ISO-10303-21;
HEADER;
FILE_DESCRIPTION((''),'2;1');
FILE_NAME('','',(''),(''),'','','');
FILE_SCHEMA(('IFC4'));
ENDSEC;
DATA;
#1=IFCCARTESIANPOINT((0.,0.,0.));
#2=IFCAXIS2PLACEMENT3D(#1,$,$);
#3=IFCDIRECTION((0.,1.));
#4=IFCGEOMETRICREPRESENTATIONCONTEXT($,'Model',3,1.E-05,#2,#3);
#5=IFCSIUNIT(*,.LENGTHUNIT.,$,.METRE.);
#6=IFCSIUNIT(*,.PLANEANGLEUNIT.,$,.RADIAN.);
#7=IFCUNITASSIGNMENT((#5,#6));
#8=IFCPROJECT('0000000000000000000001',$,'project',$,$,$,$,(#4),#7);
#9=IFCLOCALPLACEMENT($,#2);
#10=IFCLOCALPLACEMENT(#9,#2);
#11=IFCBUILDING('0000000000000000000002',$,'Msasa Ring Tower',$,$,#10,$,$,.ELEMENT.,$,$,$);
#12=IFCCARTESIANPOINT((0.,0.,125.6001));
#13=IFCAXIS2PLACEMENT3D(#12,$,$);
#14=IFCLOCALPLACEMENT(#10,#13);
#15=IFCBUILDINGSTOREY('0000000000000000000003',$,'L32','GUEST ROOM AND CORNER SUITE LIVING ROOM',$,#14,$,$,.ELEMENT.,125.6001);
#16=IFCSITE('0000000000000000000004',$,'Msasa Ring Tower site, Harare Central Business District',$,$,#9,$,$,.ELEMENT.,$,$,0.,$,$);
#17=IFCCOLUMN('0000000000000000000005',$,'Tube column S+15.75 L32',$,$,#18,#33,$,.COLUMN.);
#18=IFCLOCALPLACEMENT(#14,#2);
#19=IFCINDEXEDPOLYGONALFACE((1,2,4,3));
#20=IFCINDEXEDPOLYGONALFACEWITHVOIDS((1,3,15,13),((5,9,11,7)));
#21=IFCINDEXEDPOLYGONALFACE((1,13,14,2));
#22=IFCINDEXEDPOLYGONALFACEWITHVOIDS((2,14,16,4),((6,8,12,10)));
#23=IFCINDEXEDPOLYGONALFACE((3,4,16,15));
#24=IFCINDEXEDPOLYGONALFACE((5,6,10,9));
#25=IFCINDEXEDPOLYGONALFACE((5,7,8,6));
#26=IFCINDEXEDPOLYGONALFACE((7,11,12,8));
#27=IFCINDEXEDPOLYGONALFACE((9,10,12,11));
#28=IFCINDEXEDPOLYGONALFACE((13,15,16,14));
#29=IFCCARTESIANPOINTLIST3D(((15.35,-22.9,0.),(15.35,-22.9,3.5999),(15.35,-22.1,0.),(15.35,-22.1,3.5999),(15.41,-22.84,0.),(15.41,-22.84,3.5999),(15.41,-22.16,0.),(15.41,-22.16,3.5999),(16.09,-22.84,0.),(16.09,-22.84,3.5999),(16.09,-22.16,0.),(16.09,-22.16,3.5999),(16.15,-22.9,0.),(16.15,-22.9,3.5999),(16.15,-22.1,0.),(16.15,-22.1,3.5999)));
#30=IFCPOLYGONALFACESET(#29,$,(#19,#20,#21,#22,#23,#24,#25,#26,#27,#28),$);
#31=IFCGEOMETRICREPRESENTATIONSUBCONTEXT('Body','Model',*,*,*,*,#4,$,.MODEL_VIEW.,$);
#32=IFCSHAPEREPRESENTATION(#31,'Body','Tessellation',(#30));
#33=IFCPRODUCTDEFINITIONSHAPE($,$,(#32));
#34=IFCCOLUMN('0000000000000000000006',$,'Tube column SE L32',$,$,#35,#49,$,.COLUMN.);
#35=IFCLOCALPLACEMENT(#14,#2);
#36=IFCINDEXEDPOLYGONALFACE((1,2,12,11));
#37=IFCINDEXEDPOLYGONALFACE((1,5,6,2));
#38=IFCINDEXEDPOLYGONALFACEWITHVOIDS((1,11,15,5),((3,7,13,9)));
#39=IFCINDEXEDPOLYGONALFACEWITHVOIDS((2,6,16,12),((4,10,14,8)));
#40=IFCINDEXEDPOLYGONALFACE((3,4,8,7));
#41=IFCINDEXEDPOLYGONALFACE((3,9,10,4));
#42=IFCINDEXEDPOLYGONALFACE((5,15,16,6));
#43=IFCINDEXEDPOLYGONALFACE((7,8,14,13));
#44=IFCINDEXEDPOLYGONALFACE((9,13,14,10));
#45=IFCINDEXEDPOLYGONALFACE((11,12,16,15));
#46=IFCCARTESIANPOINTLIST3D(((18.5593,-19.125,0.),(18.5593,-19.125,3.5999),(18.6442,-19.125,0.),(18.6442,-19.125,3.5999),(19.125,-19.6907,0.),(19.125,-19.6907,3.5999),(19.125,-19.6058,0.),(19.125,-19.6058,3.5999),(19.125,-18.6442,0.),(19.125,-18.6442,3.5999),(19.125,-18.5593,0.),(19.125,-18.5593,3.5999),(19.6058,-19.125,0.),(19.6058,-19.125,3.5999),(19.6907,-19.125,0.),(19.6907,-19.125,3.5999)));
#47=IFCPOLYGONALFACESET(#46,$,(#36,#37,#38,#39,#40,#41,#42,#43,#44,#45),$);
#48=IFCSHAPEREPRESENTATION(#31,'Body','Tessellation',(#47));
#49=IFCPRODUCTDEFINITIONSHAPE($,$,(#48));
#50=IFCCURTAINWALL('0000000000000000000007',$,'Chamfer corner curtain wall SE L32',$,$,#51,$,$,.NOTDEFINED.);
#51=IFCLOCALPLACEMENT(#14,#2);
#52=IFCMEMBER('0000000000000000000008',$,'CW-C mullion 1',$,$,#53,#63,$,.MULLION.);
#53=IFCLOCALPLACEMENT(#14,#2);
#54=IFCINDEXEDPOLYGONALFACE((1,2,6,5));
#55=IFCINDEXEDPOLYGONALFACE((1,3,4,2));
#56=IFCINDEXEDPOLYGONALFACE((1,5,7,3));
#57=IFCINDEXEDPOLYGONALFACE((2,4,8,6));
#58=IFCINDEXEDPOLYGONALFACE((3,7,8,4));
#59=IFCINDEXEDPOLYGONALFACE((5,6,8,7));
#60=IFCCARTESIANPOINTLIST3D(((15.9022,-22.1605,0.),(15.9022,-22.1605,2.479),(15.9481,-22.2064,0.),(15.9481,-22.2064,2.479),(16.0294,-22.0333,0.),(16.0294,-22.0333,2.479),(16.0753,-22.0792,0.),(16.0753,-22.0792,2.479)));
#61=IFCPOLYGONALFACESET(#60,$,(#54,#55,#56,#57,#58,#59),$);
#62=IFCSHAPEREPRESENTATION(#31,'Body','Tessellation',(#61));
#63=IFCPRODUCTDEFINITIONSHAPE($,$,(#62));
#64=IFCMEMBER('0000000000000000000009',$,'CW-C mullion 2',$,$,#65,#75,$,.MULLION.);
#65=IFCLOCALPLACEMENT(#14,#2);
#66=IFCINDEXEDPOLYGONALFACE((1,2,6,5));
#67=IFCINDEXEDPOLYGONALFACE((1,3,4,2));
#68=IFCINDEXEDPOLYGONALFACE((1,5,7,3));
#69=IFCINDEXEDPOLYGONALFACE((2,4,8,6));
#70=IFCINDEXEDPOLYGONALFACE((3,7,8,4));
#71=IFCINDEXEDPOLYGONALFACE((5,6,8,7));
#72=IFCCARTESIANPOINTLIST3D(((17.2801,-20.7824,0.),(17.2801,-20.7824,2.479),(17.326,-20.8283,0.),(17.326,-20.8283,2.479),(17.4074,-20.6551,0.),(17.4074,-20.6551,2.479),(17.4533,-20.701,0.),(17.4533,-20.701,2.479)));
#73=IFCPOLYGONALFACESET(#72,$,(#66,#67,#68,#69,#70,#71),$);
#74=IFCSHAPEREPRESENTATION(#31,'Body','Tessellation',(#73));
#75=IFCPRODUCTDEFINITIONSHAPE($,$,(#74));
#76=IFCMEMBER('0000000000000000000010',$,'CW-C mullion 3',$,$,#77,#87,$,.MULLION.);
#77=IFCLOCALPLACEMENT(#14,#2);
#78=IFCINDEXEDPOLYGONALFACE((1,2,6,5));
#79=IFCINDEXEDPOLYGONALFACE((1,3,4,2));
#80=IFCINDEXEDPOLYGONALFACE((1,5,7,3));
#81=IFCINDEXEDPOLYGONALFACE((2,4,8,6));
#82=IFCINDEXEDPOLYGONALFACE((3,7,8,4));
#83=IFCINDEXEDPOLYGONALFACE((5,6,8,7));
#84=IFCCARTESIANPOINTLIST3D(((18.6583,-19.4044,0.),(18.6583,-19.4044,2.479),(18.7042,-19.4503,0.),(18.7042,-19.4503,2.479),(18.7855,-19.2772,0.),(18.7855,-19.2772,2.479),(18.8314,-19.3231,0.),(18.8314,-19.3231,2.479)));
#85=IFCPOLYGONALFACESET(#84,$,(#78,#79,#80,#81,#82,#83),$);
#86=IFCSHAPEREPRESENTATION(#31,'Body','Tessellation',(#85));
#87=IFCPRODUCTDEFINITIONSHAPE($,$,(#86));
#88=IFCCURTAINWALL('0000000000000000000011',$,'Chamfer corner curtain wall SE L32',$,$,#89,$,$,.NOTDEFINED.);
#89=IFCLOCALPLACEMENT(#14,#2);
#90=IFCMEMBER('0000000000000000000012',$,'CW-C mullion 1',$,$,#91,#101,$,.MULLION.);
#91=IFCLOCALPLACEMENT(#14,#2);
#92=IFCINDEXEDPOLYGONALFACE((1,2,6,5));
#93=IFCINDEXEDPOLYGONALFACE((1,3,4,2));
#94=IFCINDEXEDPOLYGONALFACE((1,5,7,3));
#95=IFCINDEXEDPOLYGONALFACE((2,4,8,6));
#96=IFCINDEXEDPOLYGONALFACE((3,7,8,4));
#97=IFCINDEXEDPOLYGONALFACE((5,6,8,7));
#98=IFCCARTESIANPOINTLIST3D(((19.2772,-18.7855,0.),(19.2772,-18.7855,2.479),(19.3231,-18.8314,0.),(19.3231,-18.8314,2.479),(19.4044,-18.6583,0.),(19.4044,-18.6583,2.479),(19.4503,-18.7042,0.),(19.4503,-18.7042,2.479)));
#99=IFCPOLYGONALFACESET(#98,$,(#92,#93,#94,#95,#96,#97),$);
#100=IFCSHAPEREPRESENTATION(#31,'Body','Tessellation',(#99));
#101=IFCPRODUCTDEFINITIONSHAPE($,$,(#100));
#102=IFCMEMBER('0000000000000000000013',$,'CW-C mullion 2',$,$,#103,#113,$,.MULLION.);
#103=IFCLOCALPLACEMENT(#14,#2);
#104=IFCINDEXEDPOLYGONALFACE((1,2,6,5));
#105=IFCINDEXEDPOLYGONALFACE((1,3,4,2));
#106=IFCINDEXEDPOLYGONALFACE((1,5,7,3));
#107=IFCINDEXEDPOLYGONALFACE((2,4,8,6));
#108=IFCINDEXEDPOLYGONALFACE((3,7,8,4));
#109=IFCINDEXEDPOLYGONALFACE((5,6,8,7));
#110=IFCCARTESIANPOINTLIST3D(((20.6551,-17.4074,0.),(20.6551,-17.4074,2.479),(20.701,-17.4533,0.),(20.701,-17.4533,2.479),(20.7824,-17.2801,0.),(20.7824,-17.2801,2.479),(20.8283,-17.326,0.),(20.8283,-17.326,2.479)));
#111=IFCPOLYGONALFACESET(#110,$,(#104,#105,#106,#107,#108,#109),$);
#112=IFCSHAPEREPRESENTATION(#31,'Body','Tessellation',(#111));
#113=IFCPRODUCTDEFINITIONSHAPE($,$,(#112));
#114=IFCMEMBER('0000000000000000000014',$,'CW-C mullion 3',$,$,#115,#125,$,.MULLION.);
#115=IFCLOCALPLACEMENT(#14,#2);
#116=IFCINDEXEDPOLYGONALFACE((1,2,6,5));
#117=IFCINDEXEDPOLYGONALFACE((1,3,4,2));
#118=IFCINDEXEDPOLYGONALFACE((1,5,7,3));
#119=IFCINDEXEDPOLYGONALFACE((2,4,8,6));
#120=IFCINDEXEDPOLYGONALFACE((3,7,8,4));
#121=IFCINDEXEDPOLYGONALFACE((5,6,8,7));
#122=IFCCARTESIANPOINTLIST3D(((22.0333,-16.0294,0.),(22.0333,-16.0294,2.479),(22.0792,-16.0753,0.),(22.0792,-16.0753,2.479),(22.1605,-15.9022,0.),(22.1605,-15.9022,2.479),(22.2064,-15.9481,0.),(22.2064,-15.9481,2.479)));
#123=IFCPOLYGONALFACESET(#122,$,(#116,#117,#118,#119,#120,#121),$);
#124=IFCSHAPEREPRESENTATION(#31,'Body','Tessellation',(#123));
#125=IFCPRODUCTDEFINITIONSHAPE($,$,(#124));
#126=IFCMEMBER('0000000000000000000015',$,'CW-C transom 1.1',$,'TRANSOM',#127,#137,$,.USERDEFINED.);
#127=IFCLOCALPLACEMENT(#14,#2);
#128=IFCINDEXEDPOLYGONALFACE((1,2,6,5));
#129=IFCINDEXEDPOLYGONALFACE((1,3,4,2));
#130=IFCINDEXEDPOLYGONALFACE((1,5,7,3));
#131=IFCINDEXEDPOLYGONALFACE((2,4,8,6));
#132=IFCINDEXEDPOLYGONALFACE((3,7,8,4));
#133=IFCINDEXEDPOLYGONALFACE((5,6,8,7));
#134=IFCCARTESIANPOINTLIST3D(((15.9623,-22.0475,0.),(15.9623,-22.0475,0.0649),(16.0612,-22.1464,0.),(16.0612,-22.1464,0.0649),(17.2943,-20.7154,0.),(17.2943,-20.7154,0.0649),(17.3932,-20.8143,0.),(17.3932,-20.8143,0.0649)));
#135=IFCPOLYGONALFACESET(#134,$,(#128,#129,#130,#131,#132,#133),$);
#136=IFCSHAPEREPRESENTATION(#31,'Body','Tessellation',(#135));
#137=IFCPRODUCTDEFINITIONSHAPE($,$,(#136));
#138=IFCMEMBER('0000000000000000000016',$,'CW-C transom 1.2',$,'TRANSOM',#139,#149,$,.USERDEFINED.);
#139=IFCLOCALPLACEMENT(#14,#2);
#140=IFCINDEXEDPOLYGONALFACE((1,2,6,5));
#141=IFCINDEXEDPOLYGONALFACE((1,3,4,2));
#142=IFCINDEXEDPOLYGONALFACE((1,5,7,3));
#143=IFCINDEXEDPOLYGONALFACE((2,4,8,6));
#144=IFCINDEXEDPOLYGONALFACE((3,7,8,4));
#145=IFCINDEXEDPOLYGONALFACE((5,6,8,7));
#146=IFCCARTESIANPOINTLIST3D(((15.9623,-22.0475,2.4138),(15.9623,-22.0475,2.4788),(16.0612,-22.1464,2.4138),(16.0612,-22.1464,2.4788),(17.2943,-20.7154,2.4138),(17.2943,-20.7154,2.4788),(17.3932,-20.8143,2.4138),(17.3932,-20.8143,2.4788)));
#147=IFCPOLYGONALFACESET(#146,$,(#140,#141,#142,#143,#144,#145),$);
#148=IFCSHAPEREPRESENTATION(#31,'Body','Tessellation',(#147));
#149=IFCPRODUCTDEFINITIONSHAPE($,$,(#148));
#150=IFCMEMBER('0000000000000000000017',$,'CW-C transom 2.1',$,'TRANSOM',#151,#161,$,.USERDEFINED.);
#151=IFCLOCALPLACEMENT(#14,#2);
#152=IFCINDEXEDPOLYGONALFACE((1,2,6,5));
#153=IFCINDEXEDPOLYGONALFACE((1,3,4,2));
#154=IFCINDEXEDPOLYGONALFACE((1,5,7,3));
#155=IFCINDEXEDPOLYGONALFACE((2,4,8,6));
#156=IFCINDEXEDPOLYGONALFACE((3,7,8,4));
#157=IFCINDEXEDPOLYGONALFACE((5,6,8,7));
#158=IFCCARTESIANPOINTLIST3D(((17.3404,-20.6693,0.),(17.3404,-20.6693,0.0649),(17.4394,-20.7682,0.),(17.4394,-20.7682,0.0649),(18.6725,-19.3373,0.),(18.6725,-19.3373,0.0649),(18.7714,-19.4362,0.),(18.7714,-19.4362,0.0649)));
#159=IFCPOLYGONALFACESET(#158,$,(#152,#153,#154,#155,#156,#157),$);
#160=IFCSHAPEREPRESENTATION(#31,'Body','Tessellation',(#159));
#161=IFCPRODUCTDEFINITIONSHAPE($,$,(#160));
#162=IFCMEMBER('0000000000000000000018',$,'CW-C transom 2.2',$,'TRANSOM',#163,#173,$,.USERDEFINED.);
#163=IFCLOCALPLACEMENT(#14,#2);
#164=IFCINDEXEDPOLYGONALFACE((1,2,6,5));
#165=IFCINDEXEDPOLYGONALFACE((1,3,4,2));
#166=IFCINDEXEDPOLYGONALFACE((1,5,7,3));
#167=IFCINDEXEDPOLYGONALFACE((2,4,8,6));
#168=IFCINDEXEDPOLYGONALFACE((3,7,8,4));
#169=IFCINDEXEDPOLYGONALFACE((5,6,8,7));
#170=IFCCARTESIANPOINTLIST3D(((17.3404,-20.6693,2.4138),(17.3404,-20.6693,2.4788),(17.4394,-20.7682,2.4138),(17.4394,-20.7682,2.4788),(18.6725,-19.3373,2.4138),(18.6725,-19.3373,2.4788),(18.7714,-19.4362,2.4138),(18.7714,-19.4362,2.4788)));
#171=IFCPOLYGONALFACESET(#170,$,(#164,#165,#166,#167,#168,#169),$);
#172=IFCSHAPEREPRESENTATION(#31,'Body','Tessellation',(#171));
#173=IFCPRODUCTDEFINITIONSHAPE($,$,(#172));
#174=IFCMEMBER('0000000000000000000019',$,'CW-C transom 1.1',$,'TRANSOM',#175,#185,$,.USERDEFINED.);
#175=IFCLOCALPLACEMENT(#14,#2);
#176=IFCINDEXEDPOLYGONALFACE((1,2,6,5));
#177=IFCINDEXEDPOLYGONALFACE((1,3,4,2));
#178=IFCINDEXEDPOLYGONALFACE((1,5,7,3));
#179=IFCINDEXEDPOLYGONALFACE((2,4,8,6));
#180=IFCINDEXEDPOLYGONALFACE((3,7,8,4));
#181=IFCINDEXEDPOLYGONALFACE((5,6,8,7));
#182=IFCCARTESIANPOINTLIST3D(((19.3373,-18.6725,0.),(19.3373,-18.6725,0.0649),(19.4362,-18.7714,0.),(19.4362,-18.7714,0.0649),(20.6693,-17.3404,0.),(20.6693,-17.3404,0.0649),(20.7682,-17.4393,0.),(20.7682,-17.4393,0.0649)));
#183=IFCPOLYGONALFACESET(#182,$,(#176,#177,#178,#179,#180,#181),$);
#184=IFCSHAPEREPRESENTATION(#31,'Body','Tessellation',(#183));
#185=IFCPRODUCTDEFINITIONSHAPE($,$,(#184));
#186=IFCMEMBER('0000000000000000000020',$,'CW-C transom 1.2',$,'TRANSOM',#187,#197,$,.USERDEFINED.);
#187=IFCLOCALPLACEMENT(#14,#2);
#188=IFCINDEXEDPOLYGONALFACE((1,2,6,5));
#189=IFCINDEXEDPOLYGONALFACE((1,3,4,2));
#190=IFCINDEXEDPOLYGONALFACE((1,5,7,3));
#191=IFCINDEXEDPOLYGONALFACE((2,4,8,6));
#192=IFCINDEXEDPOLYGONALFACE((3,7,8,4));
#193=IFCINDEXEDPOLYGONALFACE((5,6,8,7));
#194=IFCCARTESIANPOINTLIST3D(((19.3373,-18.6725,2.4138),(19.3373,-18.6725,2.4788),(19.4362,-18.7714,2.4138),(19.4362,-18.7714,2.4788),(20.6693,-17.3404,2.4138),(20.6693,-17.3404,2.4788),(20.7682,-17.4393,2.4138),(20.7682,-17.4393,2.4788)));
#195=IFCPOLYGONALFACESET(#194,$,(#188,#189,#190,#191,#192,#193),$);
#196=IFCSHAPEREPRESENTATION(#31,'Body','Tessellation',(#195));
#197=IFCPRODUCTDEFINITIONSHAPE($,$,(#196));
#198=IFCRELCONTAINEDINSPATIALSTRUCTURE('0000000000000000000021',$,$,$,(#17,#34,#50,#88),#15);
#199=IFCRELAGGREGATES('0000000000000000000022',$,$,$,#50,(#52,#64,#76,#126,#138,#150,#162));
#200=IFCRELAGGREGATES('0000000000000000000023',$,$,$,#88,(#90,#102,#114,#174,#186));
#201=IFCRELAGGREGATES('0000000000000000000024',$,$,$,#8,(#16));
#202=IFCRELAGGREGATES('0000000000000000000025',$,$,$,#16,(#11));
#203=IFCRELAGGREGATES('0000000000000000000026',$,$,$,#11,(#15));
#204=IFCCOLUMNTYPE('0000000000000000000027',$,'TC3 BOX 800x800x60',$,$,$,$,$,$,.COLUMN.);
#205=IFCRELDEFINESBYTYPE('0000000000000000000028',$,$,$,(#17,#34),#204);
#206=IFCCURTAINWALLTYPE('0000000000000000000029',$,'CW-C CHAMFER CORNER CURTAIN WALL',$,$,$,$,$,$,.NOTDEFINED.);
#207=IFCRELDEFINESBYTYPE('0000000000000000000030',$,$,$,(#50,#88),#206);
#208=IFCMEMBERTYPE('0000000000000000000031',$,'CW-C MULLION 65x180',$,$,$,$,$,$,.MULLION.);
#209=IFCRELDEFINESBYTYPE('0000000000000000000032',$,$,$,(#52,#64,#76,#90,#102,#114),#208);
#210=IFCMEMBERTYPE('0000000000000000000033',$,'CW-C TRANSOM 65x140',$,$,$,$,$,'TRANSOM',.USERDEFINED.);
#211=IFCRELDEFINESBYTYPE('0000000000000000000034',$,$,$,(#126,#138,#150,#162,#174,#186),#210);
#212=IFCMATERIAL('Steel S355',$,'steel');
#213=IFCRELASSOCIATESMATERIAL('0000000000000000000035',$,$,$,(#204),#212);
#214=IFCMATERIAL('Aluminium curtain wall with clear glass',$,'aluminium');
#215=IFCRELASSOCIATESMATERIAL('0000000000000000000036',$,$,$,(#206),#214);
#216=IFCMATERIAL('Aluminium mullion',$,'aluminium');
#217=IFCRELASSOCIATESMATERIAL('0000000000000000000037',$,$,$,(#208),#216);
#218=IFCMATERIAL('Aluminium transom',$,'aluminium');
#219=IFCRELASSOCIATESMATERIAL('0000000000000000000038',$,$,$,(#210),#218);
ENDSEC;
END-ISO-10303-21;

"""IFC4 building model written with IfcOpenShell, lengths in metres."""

from ifc_helpers import new_model, si_unit, direction, frame, origin, origin_2d, place, context, subcontext, project, spatial, rectangle, hollow_rectangle, extrude, material, material_profile, profile_set, type_object, element, aggregate, save


model = new_model("IFC4")

# Units and contexts
model_context = context("Model", 3, precision=1e-05, world=origin(), true_north=direction((0.0, 1.0)))
body_context = subcontext(model_context, "Body", "Model", "MODEL_VIEW")
ifc_project = project(units=[si_unit("LENGTHUNIT", "METRE"), si_unit("PLANEANGLEUNIT", "RADIAN")], contexts=[model_context])

# Site, building, storey
site_placement = place(None, origin())
site = spatial("IfcSite", under=ifc_project, at=site_placement, Name="Msasa Ring Tower site, Harare Central Business District", CompositionType="ELEMENT", RefElevation=0.0)
building_placement = place(site_placement, origin())
building = spatial("IfcBuilding", under=site, at=building_placement, Name="Msasa Ring Tower", CompositionType="ELEMENT")
storey_placement = place(building_placement, frame((0.0, 0.0, 125.6001)))
storey = spatial("IfcBuildingStorey", under=building, at=storey_placement, Name="L32", Description="GUEST ROOM AND CORNER SUITE LIVING ROOM", CompositionType="ELEMENT", Elevation=125.6001)

# Columns
ifc_material_1 = material(Name="Steel S355", Category="steel")
ifc_material_profile_1 = material_profile(ifc_material_1, hollow_rectangle(XDim=0.8, YDim=0.8, WallThickness=0.0601, at=origin_2d()), Name="BOX 800x800x60")
ifc_profile_set_1 = profile_set([ifc_material_profile_1], Name="Steel S355")
column_type = type_object("IfcColumnType", Name="TC3 BOX 800x800x60", PredefinedType="COLUMN", material=ifc_profile_set_1)
for number, where, z_axis, x_axis, name in (
    (1, (15.75, -22.5, 0.0), (0.0, 0.0, 1.0), (0.0, 1.0, 0.0), "Tube column S+15.75 L32"),
    (2, (19.125, -19.125, 0.0), (0.0, 0.0, 1.0), (0.707107, -0.707107, 0.0), "Tube column SE L32"),
):
    element("IfcColumn", number, at=place(storey_placement, frame(where, z_axis=z_axis, x_axis=x_axis)), inside=storey, type_object=column_type, Name=name, PredefinedType="COLUMN", context=body_context, shape_type="SweptSolid", body=[
        extrude(hollow_rectangle(XDim=0.8, YDim=0.8, WallThickness=0.0601, at=origin_2d()), origin(), (0.0, 0.0, 1.0), 3.5999),
    ])

# Curtain walls, members
ifc_material_2 = material(Name="Aluminium curtain wall with clear glass", Category="aluminium")
curtain_wall_type = type_object("IfcCurtainWallType", Name="CW-C CHAMFER CORNER CURTAIN WALL", PredefinedType="NOTDEFINED", material=ifc_material_2)
curtain_wall_1_placement = place(storey_placement, origin())
curtain_wall_1 = element("IfcCurtainWall", 3, at=curtain_wall_1_placement, inside=storey, type_object=curtain_wall_type, Name="Chamfer corner curtain wall SE L32", PredefinedType="NOTDEFINED")
ifc_material_3 = material(Name="Aluminium mullion", Category="aluminium")
ifc_material_profile_2 = material_profile(ifc_material_3, rectangle(XDim=0.0649, YDim=0.1799, at=origin_2d()), Name="AL 65x180")
ifc_profile_set_2 = profile_set([ifc_material_profile_2], Name="Aluminium mullion")
member_type_1 = type_object("IfcMemberType", Name="CW-C MULLION 65x180", PredefinedType="MULLION", material=ifc_profile_set_2)
member_1_placement = place(storey_placement, frame((15.9888, -22.1199, 0.0), z_axis=(0.0, 0.0, 1.0), x_axis=(-0.707107, 0.707107, 0.0)))
member_1 = element("IfcMember", 4, at=member_1_placement, type_object=member_type_1, Name="CW-C mullion 1", PredefinedType="MULLION", context=body_context, shape_type="SweptSolid", body=[
    extrude(rectangle(XDim=0.0649, YDim=0.1799, at=origin_2d()), origin(), (0.0, 0.0, 1.0), 2.479),
])
member_2_placement = place(storey_placement, frame((17.3667, -20.7417, 0.0), z_axis=(0.0, 0.0, 1.0), x_axis=(-0.707107, 0.707107, 0.0)))
member_2 = element("IfcMember", 5, at=member_2_placement, type_object=member_type_1, Name="CW-C mullion 2", PredefinedType="MULLION", context=body_context, shape_type="SweptSolid", body=[
    extrude(rectangle(XDim=0.0649, YDim=0.1799, at=origin_2d()), origin(), (0.0, 0.0, 1.0), 2.479),
])
member_3_placement = place(storey_placement, frame((18.7449, -19.3638, 0.0), z_axis=(0.0, 0.0, 1.0), x_axis=(-0.707107, 0.707107, 0.0)))
member_3 = element("IfcMember", 6, at=member_3_placement, type_object=member_type_1, Name="CW-C mullion 3", PredefinedType="MULLION", context=body_context, shape_type="SweptSolid", body=[
    extrude(rectangle(XDim=0.0649, YDim=0.1799, at=origin_2d()), origin(), (0.0, 0.0, 1.0), 2.479),
])
curtain_wall_2_placement = place(storey_placement, origin())
curtain_wall_2 = element("IfcCurtainWall", 7, at=curtain_wall_2_placement, inside=storey, type_object=curtain_wall_type, Name="Chamfer corner curtain wall SE L32", PredefinedType="NOTDEFINED")
member_4_placement = place(storey_placement, frame((19.3638, -18.7449, 0.0), z_axis=(0.0, 0.0, 1.0), x_axis=(-0.707107, 0.707107, 0.0)))
member_4 = element("IfcMember", 8, at=member_4_placement, type_object=member_type_1, Name="CW-C mullion 1", PredefinedType="MULLION", context=body_context, shape_type="SweptSolid", body=[
    extrude(rectangle(XDim=0.0649, YDim=0.1799, at=origin_2d()), origin(), (0.0, 0.0, 1.0), 2.479),
])
member_5_placement = place(storey_placement, frame((20.7417, -17.3667, 0.0), z_axis=(0.0, 0.0, 1.0), x_axis=(-0.707107, 0.707107, 0.0)))
member_5 = element("IfcMember", 9, at=member_5_placement, type_object=member_type_1, Name="CW-C mullion 2", PredefinedType="MULLION", context=body_context, shape_type="SweptSolid", body=[
    extrude(rectangle(XDim=0.0649, YDim=0.1799, at=origin_2d()), origin(), (0.0, 0.0, 1.0), 2.479),
])
member_6_placement = place(storey_placement, frame((22.1199, -15.9888, 0.0), z_axis=(0.0, 0.0, 1.0), x_axis=(-0.707107, 0.707107, 0.0)))
member_6 = element("IfcMember", 10, at=member_6_placement, type_object=member_type_1, Name="CW-C mullion 3", PredefinedType="MULLION", context=body_context, shape_type="SweptSolid", body=[
    extrude(rectangle(XDim=0.0649, YDim=0.1799, at=origin_2d()), origin(), (0.0, 0.0, 1.0), 2.479),
])

# Members
ifc_material_4 = material(Name="Aluminium transom", Category="aluminium")
ifc_material_profile_3 = material_profile(ifc_material_4, rectangle(XDim=0.1399, YDim=0.0649, at=origin_2d()), Name="AL 65x140")
ifc_profile_set_3 = profile_set([ifc_material_profile_3], Name="Aluminium transom")
member_type_2 = type_object("IfcMemberType", Name="CW-C TRANSOM 65x140", ElementType="TRANSOM", PredefinedType="USERDEFINED", material=ifc_profile_set_3)
member_7_placement = place(storey_placement, frame((16.0117, -22.0969, 0.0325), z_axis=(0.707107, 0.707107, 0.0), x_axis=(-0.707107, 0.707107, 0.0)))
member_7 = element("IfcMember", 11, at=member_7_placement, type_object=member_type_2, Name="CW-C transom 1.1", ObjectType="TRANSOM", PredefinedType="USERDEFINED", context=body_context, shape_type="SweptSolid", body=[
    extrude(rectangle(XDim=0.1399, YDim=0.0649, at=origin_2d()), origin(), (0.0, 0.0, 1.0), 1.8838),
])
member_8_placement = place(storey_placement, frame((16.0117, -22.0969, 2.4463), z_axis=(0.707107, 0.707107, 0.0), x_axis=(-0.707107, 0.707107, 0.0)))
member_8 = element("IfcMember", 12, at=member_8_placement, type_object=member_type_2, Name="CW-C transom 1.2", ObjectType="TRANSOM", PredefinedType="USERDEFINED", context=body_context, shape_type="SweptSolid", body=[
    extrude(rectangle(XDim=0.1399, YDim=0.0649, at=origin_2d()), origin(), (0.0, 0.0, 1.0), 1.8838),
])
member_9_placement = place(storey_placement, frame((17.3899, -20.7188, 0.0325), z_axis=(0.707107, 0.707107, 0.0), x_axis=(-0.707107, 0.707107, 0.0)))
member_9 = element("IfcMember", 13, at=member_9_placement, type_object=member_type_2, Name="CW-C transom 2.1", ObjectType="TRANSOM", PredefinedType="USERDEFINED", context=body_context, shape_type="SweptSolid", body=[
    extrude(rectangle(XDim=0.1399, YDim=0.0649, at=origin_2d()), origin(), (0.0, 0.0, 1.0), 1.8838),
])
member_10_placement = place(storey_placement, frame((17.3899, -20.7188, 2.4463), z_axis=(0.707107, 0.707107, 0.0), x_axis=(-0.707107, 0.707107, 0.0)))
member_10 = element("IfcMember", 14, at=member_10_placement, type_object=member_type_2, Name="CW-C transom 2.2", ObjectType="TRANSOM", PredefinedType="USERDEFINED", context=body_context, shape_type="SweptSolid", body=[
    extrude(rectangle(XDim=0.1399, YDim=0.0649, at=origin_2d()), origin(), (0.0, 0.0, 1.0), 1.8838),
])
member_11_placement = place(storey_placement, frame((19.3867, -18.7219, 0.0325), z_axis=(0.707107, 0.707107, 0.0), x_axis=(-0.707107, 0.707107, 0.0)))
member_11 = element("IfcMember", 15, at=member_11_placement, type_object=member_type_2, Name="CW-C transom 1.1", ObjectType="TRANSOM", PredefinedType="USERDEFINED", context=body_context, shape_type="SweptSolid", body=[
    extrude(rectangle(XDim=0.1399, YDim=0.0649, at=origin_2d()), origin(), (0.0, 0.0, 1.0), 1.8838),
])
member_12_placement = place(storey_placement, frame((19.3867, -18.7219, 2.4463), z_axis=(0.707107, 0.707107, 0.0), x_axis=(-0.707107, 0.707107, 0.0)))
member_12 = element("IfcMember", 16, at=member_12_placement, type_object=member_type_2, Name="CW-C transom 1.2", ObjectType="TRANSOM", PredefinedType="USERDEFINED", context=body_context, shape_type="SweptSolid", body=[
    extrude(rectangle(XDim=0.1399, YDim=0.0649, at=origin_2d()), origin(), (0.0, 0.0, 1.0), 1.8838),
])

aggregate(curtain_wall_1, [member_1, member_2, member_3, member_7, member_8, member_9, member_10])
aggregate(curtain_wall_2, [member_4, member_5, member_6, member_11, member_12])

save(model, "model.ifc")
